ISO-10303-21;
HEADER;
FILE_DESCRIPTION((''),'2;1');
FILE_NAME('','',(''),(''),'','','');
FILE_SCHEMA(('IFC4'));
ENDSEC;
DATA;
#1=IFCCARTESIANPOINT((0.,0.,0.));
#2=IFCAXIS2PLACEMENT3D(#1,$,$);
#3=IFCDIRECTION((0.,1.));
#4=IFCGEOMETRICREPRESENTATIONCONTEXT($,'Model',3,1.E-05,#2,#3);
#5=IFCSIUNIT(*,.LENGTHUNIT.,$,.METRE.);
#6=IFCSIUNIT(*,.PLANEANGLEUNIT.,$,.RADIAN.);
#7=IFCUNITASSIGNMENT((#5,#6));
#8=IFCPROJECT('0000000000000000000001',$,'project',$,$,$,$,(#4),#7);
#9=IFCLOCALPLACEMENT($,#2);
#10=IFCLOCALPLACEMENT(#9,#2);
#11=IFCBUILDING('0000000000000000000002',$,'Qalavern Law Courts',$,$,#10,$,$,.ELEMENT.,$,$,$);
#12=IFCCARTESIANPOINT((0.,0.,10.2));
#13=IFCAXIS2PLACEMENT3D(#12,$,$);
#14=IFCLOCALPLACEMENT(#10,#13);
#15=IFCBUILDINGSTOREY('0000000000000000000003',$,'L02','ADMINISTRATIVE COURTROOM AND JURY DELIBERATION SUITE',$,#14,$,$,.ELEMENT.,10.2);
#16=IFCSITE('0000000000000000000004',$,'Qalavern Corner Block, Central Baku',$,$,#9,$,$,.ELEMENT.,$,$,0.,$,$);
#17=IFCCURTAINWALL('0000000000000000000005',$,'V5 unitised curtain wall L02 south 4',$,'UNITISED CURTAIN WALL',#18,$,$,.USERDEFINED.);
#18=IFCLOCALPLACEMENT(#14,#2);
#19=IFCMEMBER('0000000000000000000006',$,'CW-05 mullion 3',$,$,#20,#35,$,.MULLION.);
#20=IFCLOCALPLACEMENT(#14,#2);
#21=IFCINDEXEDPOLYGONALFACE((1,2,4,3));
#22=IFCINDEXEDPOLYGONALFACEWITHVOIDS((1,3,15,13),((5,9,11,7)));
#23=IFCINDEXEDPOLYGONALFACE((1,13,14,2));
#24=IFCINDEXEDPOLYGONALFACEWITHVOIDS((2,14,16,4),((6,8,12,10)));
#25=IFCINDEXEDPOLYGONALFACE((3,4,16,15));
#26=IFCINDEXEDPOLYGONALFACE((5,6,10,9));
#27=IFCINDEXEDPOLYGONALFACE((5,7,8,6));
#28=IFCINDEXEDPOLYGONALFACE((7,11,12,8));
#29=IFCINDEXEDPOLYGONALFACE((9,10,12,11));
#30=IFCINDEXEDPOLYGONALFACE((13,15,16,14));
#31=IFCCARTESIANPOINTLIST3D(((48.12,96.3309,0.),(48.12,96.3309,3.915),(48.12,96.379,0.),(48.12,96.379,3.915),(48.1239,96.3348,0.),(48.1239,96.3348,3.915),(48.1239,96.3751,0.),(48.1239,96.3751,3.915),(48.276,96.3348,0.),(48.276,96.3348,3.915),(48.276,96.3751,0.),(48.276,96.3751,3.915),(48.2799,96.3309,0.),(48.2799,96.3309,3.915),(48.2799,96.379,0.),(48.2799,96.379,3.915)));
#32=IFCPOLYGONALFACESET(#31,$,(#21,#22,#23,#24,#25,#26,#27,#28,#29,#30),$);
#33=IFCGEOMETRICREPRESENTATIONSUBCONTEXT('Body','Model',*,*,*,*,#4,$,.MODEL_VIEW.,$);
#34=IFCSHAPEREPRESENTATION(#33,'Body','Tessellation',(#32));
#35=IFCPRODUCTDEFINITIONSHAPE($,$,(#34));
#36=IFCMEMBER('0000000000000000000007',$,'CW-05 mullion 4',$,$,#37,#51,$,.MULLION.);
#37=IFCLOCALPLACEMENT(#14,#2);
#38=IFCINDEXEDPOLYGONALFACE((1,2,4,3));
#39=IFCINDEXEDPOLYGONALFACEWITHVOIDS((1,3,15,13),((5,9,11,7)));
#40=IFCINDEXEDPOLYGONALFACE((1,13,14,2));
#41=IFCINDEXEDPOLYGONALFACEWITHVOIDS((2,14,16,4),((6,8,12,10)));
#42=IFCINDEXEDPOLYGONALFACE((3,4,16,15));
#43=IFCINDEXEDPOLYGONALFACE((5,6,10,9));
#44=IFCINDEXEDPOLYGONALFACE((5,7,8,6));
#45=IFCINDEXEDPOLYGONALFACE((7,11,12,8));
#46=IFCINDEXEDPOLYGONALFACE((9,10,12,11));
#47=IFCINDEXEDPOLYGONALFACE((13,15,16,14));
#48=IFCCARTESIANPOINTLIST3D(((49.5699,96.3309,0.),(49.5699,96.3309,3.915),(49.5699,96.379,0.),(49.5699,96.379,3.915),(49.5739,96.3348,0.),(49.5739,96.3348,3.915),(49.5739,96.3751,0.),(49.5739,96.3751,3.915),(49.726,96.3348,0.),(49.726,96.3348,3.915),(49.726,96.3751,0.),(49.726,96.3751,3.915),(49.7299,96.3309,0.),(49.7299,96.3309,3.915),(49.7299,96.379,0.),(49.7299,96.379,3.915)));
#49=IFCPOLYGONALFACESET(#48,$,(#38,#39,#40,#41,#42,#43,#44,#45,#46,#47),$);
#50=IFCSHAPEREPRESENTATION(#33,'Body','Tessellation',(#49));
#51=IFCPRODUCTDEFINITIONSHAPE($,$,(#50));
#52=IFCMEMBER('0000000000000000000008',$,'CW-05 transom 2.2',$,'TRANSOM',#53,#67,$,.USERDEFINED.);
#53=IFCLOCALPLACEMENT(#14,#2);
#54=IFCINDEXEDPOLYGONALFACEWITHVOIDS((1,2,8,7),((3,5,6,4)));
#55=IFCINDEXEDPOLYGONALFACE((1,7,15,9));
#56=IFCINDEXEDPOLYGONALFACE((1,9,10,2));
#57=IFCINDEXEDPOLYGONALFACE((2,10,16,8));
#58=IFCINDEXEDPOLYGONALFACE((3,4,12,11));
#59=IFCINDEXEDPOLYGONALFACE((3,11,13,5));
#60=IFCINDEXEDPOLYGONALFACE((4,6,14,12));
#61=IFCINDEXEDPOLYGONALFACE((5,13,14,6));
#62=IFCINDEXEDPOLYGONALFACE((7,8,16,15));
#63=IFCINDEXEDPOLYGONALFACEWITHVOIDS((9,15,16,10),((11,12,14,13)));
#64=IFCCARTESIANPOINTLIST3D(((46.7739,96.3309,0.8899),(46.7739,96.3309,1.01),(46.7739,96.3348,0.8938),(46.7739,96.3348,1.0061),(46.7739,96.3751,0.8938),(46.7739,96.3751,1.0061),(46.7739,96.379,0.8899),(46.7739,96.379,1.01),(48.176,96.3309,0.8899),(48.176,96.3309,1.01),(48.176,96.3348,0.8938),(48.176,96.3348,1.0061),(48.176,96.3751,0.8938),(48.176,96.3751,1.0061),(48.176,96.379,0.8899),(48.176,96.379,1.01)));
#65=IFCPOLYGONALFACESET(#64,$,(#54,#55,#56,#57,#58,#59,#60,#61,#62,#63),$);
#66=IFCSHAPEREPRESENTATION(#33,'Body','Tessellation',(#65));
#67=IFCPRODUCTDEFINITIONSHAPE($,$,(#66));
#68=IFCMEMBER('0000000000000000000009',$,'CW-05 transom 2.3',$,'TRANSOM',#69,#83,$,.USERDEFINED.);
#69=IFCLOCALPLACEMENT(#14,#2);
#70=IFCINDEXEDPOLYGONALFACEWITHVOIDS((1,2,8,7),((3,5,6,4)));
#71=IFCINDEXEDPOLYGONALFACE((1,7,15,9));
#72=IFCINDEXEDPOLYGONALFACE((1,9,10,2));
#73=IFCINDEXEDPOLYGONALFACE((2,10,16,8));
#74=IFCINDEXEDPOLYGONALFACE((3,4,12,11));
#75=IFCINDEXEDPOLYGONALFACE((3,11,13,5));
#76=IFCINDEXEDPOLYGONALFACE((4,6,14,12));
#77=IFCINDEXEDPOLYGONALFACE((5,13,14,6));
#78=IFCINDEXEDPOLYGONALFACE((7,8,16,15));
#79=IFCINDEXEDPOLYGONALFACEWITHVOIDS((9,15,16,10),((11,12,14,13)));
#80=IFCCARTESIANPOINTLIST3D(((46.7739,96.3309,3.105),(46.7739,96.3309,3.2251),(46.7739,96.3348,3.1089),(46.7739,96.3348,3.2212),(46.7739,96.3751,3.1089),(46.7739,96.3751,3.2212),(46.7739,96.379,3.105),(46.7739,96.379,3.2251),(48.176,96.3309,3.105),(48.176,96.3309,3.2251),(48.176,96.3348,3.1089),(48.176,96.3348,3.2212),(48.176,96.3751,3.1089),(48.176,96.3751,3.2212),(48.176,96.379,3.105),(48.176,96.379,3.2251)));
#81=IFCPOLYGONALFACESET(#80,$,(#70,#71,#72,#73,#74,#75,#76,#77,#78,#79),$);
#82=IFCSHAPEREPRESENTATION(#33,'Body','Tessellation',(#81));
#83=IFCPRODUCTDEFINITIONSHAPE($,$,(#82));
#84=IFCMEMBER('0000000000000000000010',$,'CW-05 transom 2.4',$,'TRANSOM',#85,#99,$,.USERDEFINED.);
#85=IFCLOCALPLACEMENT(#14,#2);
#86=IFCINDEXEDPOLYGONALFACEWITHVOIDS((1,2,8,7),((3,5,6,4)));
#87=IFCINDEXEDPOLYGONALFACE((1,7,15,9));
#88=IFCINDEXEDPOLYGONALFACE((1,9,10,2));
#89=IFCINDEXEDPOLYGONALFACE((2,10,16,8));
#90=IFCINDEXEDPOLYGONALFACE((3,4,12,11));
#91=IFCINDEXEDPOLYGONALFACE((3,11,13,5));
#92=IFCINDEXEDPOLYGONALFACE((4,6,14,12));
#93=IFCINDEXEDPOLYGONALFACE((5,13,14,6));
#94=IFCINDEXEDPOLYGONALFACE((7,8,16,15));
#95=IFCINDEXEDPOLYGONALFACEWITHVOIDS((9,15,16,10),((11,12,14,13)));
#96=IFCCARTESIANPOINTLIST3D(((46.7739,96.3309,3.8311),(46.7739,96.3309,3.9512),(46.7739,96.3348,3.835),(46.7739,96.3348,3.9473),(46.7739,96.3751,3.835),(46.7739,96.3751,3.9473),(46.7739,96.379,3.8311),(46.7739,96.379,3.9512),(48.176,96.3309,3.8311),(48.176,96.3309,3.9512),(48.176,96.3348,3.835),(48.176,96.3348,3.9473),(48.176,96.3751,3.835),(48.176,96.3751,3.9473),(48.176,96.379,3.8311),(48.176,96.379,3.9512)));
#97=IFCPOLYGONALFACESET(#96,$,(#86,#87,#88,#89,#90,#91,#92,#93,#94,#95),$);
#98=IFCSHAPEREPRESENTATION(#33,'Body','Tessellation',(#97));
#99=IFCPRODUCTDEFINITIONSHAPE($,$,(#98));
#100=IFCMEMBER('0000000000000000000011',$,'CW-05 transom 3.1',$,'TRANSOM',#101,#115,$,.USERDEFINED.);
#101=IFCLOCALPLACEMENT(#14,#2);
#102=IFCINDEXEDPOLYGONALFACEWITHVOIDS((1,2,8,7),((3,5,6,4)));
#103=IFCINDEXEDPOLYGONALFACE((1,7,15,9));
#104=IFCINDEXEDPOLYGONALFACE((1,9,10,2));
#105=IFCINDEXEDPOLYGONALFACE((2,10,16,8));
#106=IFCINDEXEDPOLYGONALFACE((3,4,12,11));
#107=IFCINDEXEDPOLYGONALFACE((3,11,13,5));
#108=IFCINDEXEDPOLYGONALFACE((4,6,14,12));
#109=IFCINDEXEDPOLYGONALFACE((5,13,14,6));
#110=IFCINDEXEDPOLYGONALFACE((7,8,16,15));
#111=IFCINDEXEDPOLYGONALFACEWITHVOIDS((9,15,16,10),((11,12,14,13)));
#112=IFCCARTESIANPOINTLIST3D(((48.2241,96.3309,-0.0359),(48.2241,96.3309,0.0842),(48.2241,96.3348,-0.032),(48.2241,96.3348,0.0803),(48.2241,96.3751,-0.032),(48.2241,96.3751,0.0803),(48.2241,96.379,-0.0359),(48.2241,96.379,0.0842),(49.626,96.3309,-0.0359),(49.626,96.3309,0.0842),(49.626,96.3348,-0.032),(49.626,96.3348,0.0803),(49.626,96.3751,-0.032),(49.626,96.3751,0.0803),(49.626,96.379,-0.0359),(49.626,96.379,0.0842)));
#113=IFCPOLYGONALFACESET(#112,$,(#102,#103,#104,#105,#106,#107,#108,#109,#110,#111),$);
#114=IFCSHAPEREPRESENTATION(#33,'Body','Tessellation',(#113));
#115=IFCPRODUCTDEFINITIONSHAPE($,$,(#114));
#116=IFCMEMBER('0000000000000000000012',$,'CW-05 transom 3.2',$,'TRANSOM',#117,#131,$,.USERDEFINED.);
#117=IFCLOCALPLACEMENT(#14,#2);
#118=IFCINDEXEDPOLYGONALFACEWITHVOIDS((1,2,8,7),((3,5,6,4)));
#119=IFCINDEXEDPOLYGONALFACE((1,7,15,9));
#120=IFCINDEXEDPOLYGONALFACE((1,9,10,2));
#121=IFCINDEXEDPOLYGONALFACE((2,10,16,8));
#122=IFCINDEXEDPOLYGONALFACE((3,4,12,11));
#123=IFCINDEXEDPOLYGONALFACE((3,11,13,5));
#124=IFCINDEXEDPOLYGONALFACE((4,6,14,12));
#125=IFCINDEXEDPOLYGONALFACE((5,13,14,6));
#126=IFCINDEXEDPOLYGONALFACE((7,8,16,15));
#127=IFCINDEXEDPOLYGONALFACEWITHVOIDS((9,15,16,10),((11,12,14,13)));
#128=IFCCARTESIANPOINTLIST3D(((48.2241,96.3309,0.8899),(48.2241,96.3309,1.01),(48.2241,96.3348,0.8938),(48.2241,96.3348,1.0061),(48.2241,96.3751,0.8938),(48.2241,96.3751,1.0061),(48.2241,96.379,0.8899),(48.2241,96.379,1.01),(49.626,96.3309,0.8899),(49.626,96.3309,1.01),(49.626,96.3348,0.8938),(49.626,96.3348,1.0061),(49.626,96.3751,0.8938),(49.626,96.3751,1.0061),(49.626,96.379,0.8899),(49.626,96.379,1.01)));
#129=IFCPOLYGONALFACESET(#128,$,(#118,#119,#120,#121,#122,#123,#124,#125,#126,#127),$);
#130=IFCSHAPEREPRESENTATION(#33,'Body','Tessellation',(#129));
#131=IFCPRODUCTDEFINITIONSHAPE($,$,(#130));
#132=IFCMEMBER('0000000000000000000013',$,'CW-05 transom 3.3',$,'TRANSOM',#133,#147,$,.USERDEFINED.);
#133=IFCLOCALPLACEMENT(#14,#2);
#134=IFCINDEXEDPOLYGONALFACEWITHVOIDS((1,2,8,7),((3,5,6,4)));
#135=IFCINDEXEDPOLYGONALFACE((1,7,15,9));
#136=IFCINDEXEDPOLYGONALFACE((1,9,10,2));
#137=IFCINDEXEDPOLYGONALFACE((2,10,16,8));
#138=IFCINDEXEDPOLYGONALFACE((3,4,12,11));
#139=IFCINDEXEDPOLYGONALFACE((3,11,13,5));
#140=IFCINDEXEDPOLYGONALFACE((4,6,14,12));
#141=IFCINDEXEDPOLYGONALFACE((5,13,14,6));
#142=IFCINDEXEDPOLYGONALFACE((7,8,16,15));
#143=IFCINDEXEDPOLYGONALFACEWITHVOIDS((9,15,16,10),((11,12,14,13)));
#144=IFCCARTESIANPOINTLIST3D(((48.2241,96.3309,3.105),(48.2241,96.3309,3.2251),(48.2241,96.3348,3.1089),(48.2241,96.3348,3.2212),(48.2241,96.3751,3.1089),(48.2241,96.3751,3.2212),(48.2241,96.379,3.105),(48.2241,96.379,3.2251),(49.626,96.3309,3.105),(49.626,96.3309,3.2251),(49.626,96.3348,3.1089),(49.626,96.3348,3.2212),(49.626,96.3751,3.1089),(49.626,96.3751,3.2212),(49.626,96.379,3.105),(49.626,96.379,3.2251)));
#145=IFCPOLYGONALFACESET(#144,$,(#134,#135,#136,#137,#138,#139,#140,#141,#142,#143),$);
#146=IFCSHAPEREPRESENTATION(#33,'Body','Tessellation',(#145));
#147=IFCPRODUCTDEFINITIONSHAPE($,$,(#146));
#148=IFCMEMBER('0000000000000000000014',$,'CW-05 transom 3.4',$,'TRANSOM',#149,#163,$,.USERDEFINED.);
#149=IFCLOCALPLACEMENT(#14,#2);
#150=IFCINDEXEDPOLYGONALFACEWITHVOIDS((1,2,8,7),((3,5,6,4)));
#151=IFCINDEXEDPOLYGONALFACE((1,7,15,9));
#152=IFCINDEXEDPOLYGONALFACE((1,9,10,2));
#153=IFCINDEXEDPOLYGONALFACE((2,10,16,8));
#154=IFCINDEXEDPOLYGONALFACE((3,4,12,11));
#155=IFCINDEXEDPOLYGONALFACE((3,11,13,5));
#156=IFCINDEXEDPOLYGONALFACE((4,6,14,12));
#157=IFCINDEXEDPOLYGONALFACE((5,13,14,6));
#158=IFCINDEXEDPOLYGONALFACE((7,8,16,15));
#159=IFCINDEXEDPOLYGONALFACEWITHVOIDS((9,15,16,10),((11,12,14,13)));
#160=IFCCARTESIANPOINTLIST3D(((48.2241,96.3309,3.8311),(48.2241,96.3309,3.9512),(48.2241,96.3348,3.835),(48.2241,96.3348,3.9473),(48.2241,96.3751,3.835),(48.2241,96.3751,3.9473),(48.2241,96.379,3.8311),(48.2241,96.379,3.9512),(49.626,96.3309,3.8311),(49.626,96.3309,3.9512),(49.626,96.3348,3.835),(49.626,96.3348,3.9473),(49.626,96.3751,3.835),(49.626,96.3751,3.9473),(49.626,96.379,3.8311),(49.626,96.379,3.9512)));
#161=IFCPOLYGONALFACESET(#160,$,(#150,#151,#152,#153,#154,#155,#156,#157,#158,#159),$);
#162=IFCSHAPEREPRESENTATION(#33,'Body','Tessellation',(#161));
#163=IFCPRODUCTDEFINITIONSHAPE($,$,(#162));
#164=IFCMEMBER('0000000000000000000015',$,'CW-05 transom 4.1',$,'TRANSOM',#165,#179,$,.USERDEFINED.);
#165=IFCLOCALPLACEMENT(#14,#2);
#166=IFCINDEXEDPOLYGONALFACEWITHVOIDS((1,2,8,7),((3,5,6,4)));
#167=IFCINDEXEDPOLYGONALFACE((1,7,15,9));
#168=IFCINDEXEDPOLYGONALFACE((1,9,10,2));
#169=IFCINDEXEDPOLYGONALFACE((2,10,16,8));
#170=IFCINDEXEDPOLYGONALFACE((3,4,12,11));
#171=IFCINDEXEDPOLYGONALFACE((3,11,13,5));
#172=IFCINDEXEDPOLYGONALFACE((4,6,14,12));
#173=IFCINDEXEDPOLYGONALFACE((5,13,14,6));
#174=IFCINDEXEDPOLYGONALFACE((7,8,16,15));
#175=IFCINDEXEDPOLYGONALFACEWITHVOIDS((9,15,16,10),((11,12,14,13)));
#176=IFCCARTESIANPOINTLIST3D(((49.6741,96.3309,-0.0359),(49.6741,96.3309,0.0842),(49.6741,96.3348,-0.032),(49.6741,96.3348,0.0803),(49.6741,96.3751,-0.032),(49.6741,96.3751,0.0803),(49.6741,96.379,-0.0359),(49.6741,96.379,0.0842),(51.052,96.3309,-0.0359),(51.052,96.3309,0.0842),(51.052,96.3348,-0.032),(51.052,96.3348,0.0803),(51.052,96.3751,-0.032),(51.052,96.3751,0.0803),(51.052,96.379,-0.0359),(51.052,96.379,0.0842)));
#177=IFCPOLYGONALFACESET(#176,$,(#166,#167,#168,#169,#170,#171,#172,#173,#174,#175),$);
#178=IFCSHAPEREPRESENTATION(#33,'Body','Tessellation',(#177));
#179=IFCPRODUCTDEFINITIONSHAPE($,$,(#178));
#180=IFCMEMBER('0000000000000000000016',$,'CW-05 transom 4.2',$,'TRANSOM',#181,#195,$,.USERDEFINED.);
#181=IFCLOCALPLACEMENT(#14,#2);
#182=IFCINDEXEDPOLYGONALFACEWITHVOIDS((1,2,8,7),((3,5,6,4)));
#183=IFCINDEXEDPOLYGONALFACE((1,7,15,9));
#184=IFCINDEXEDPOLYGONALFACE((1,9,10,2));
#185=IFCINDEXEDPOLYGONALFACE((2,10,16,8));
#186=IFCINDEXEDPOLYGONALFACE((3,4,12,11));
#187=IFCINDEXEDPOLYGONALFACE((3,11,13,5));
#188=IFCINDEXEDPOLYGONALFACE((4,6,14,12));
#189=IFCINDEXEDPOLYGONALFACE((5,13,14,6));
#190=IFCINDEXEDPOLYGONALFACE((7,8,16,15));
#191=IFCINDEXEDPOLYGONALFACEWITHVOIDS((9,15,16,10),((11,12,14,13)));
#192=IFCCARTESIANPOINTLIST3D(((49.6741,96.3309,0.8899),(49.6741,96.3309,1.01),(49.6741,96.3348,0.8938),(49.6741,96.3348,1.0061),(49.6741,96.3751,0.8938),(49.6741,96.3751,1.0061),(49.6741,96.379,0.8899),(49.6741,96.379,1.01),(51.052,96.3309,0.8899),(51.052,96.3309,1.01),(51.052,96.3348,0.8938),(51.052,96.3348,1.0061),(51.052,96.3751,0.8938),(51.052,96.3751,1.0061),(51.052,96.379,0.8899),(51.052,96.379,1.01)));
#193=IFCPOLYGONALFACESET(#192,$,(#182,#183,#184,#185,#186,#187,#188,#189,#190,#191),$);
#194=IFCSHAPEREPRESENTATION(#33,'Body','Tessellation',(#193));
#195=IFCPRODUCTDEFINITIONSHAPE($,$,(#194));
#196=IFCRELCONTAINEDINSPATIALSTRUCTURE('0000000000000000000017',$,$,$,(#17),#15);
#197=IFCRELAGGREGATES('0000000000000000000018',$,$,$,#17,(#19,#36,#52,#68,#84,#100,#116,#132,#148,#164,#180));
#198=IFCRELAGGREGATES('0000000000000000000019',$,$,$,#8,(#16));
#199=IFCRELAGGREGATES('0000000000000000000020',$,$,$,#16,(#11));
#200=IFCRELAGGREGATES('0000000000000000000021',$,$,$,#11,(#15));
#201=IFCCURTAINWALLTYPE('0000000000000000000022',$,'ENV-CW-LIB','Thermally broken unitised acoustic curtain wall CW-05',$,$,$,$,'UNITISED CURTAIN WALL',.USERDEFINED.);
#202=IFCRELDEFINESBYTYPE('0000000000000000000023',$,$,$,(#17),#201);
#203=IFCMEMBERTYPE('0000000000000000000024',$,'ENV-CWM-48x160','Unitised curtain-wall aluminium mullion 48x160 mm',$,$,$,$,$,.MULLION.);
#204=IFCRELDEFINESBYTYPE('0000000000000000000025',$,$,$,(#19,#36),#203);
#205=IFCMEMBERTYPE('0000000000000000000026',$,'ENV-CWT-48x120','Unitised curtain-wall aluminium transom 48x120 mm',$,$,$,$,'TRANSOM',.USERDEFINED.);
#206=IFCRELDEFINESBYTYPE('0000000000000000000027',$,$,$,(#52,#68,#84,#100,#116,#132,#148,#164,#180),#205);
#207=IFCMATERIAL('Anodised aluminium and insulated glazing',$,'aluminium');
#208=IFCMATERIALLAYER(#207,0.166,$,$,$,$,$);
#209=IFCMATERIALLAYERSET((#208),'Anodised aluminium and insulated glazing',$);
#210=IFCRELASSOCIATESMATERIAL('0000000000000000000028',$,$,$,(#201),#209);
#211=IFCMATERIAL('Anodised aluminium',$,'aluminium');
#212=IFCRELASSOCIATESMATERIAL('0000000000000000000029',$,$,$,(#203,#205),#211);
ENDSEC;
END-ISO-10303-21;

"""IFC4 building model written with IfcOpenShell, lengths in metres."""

from ifc_helpers import new_model, si_unit, direction, frame, origin, origin_2d, place, context, subcontext, project, spatial, hollow_rectangle, extrude, material, layer, layer_set, material_profile, profile_set, type_object, element, aggregate, save


model = new_model("IFC4")

# Units and contexts
model_context = context("Model", 3, precision=1e-05, world=origin(), true_north=direction((0.0, 1.0)))
body_context = subcontext(model_context, "Body", "Model", "MODEL_VIEW")
ifc_project = project(units=[si_unit("LENGTHUNIT", "METRE"), si_unit("PLANEANGLEUNIT", "RADIAN")], contexts=[model_context])

# Site, building, storey
site_placement = place(None, origin())
site = spatial("IfcSite", under=ifc_project, at=site_placement, Name="Qalavern Corner Block, Central Baku", CompositionType="ELEMENT", RefElevation=0.0)
building_placement = place(site_placement, origin())
building = spatial("IfcBuilding", under=site, at=building_placement, Name="Qalavern Law Courts", CompositionType="ELEMENT")
storey_placement = place(building_placement, frame((0.0, 0.0, 10.2)))
storey = spatial("IfcBuildingStorey", under=building, at=storey_placement, Name="L02", Description="ADMINISTRATIVE COURTROOM AND JURY DELIBERATION SUITE", CompositionType="ELEMENT", Elevation=10.2)

# Curtain wall, members
ifc_material_1 = material(Name="Anodised aluminium and insulated glazing", Category="aluminium")
ifc_layer_1 = layer(ifc_material_1, 0.166)
ifc_layer_set_1 = layer_set([ifc_layer_1], Name="Anodised aluminium and insulated glazing")
curtain_wall_type = type_object("IfcCurtainWallType", Name="ENV-CW-LIB", Description="Thermally broken unitised acoustic curtain wall CW-05", ElementType="UNITISED CURTAIN WALL", PredefinedType="USERDEFINED", material=ifc_layer_set_1)
curtain_wall_placement = place(storey_placement, origin())
curtain_wall = element("IfcCurtainWall", 1, at=curtain_wall_placement, inside=storey, type_object=curtain_wall_type, Name="V5 unitised curtain wall L02 south 4", ObjectType="UNITISED CURTAIN WALL", PredefinedType="USERDEFINED")
ifc_material_2 = material(Name="Anodised aluminium", Category="aluminium")
ifc_material_profile_1 = material_profile(ifc_material_2, hollow_rectangle(XDim=0.0481, YDim=0.1599, WallThickness=0.0039, at=origin_2d()), Name="ALU MULLION 48x160")
ifc_profile_set_1 = profile_set([ifc_material_profile_1], Name="Anodised aluminium")
member_type_1 = type_object("IfcMemberType", Name="ENV-CWM-48x160", Description="Unitised curtain-wall aluminium mullion 48x160 mm", PredefinedType="MULLION", material=ifc_profile_set_1)
member_1_placement = place(storey_placement, frame((48.2, 96.355, 0.0), z_axis=(0.0, 0.0, 1.0), x_axis=(0.0, 1.0, 0.0)))
member_1 = element("IfcMember", 2, at=member_1_placement, type_object=member_type_1, Name="CW-05 mullion 3", PredefinedType="MULLION", context=body_context, shape_type="SweptSolid", body=[
    extrude(hollow_rectangle(XDim=0.0481, YDim=0.1599, WallThickness=0.0039, at=origin_2d()), origin(), (0.0, 0.0, 1.0), 3.915),
])
member_2_placement = place(storey_placement, frame((49.6499, 96.355, 0.0), z_axis=(0.0, 0.0, 1.0), x_axis=(0.0, 1.0, 0.0)))
member_2 = element("IfcMember", 3, at=member_2_placement, type_object=member_type_1, Name="CW-05 mullion 4", PredefinedType="MULLION", context=body_context, shape_type="SweptSolid", body=[
    extrude(hollow_rectangle(XDim=0.0481, YDim=0.1599, WallThickness=0.0039, at=origin_2d()), origin(), (0.0, 0.0, 1.0), 3.915),
])
ifc_material_profile_2 = material_profile(ifc_material_2, hollow_rectangle(XDim=0.0481, YDim=0.1201, WallThickness=0.0039, at=origin_2d()), Name="ALU TRANSOM 48x120")
ifc_profile_set_2 = profile_set([ifc_material_profile_2], Name="Anodised aluminium")
member_type_2 = type_object("IfcMemberType", Name="ENV-CWT-48x120", Description="Unitised curtain-wall aluminium transom 48x120 mm", ElementType="TRANSOM", PredefinedType="USERDEFINED", material=ifc_profile_set_2)
member_3_placement = place(storey_placement, frame((46.7739, 96.355, 0.95), z_axis=(1.0, 0.0, 0.0), x_axis=(0.0, 1.0, 0.0)))
member_3 = element("IfcMember", 4, at=member_3_placement, type_object=member_type_2, Name="CW-05 transom 2.2", ObjectType="TRANSOM", PredefinedType="USERDEFINED", context=body_context, shape_type="SweptSolid", body=[
    extrude(hollow_rectangle(XDim=0.0481, YDim=0.1201, WallThickness=0.0039, at=origin_2d()), origin(), (0.0, 0.0, 1.0), 1.4021),
])
member_4_placement = place(storey_placement, frame((46.7739, 96.355, 3.165), z_axis=(1.0, 0.0, 0.0), x_axis=(0.0, 1.0, 0.0)))
member_4 = element("IfcMember", 5, at=member_4_placement, type_object=member_type_2, Name="CW-05 transom 2.3", ObjectType="TRANSOM", PredefinedType="USERDEFINED", context=body_context, shape_type="SweptSolid", body=[
    extrude(hollow_rectangle(XDim=0.0481, YDim=0.1201, WallThickness=0.0039, at=origin_2d()), origin(), (0.0, 0.0, 1.0), 1.4021),
])
member_5_placement = place(storey_placement, frame((46.7739, 96.355, 3.8911), z_axis=(1.0, 0.0, 0.0), x_axis=(0.0, 1.0, 0.0)))
member_5 = element("IfcMember", 6, at=member_5_placement, type_object=member_type_2, Name="CW-05 transom 2.4", ObjectType="TRANSOM", PredefinedType="USERDEFINED", context=body_context, shape_type="SweptSolid", body=[
    extrude(hollow_rectangle(XDim=0.0481, YDim=0.1201, WallThickness=0.0039, at=origin_2d()), origin(), (0.0, 0.0, 1.0), 1.4021),
])
member_6_placement = place(storey_placement, frame((48.2241, 96.355, 0.0242), z_axis=(1.0, 0.0, 0.0), x_axis=(0.0, 1.0, 0.0)))
member_6 = element("IfcMember", 7, at=member_6_placement, type_object=member_type_2, Name="CW-05 transom 3.1", ObjectType="TRANSOM", PredefinedType="USERDEFINED", context=body_context, shape_type="SweptSolid", body=[
    extrude(hollow_rectangle(XDim=0.0481, YDim=0.1201, WallThickness=0.0039, at=origin_2d()), origin(), (0.0, 0.0, 1.0), 1.4019),
])
member_7_placement = place(storey_placement, frame((48.2241, 96.355, 0.95), z_axis=(1.0, 0.0, 0.0), x_axis=(0.0, 1.0, 0.0)))
member_7 = element("IfcMember", 8, at=member_7_placement, type_object=member_type_2, Name="CW-05 transom 3.2", ObjectType="TRANSOM", PredefinedType="USERDEFINED", context=body_context, shape_type="SweptSolid", body=[
    extrude(hollow_rectangle(XDim=0.0481, YDim=0.1201, WallThickness=0.0039, at=origin_2d()), origin(), (0.0, 0.0, 1.0), 1.4019),
])
member_8_placement = place(storey_placement, frame((48.2241, 96.355, 3.165), z_axis=(1.0, 0.0, 0.0), x_axis=(0.0, 1.0, 0.0)))
member_8 = element("IfcMember", 9, at=member_8_placement, type_object=member_type_2, Name="CW-05 transom 3.3", ObjectType="TRANSOM", PredefinedType="USERDEFINED", context=body_context, shape_type="SweptSolid", body=[
    extrude(hollow_rectangle(XDim=0.0481, YDim=0.1201, WallThickness=0.0039, at=origin_2d()), origin(), (0.0, 0.0, 1.0), 1.4019),
])
member_9_placement = place(storey_placement, frame((48.2241, 96.355, 3.8911), z_axis=(1.0, 0.0, 0.0), x_axis=(0.0, 1.0, 0.0)))
member_9 = element("IfcMember", 10, at=member_9_placement, type_object=member_type_2, Name="CW-05 transom 3.4", ObjectType="TRANSOM", PredefinedType="USERDEFINED", context=body_context, shape_type="SweptSolid", body=[
    extrude(hollow_rectangle(XDim=0.0481, YDim=0.1201, WallThickness=0.0039, at=origin_2d()), origin(), (0.0, 0.0, 1.0), 1.4019),
])
member_10_placement = place(storey_placement, frame((49.6741, 96.355, 0.0242), z_axis=(1.0, 0.0, 0.0), x_axis=(0.0, 1.0, 0.0)))
member_10 = element("IfcMember", 11, at=member_10_placement, type_object=member_type_2, Name="CW-05 transom 4.1", ObjectType="TRANSOM", PredefinedType="USERDEFINED", context=body_context, shape_type="SweptSolid", body=[
    extrude(hollow_rectangle(XDim=0.0481, YDim=0.1201, WallThickness=0.0039, at=origin_2d()), origin(), (0.0, 0.0, 1.0), 1.3779),
])
member_11_placement = place(storey_placement, frame((49.6741, 96.355, 0.95), z_axis=(1.0, 0.0, 0.0), x_axis=(0.0, 1.0, 0.0)))
member_11 = element("IfcMember", 12, at=member_11_placement, type_object=member_type_2, Name="CW-05 transom 4.2", ObjectType="TRANSOM", PredefinedType="USERDEFINED", context=body_context, shape_type="SweptSolid", body=[
    extrude(hollow_rectangle(XDim=0.0481, YDim=0.1201, WallThickness=0.0039, at=origin_2d()), origin(), (0.0, 0.0, 1.0), 1.3779),
])
aggregate(curtain_wall, [member_1, member_2, member_3, member_4, member_5, member_6, member_7, member_8, member_9, member_10, member_11])

save(model, "model.ifc")
